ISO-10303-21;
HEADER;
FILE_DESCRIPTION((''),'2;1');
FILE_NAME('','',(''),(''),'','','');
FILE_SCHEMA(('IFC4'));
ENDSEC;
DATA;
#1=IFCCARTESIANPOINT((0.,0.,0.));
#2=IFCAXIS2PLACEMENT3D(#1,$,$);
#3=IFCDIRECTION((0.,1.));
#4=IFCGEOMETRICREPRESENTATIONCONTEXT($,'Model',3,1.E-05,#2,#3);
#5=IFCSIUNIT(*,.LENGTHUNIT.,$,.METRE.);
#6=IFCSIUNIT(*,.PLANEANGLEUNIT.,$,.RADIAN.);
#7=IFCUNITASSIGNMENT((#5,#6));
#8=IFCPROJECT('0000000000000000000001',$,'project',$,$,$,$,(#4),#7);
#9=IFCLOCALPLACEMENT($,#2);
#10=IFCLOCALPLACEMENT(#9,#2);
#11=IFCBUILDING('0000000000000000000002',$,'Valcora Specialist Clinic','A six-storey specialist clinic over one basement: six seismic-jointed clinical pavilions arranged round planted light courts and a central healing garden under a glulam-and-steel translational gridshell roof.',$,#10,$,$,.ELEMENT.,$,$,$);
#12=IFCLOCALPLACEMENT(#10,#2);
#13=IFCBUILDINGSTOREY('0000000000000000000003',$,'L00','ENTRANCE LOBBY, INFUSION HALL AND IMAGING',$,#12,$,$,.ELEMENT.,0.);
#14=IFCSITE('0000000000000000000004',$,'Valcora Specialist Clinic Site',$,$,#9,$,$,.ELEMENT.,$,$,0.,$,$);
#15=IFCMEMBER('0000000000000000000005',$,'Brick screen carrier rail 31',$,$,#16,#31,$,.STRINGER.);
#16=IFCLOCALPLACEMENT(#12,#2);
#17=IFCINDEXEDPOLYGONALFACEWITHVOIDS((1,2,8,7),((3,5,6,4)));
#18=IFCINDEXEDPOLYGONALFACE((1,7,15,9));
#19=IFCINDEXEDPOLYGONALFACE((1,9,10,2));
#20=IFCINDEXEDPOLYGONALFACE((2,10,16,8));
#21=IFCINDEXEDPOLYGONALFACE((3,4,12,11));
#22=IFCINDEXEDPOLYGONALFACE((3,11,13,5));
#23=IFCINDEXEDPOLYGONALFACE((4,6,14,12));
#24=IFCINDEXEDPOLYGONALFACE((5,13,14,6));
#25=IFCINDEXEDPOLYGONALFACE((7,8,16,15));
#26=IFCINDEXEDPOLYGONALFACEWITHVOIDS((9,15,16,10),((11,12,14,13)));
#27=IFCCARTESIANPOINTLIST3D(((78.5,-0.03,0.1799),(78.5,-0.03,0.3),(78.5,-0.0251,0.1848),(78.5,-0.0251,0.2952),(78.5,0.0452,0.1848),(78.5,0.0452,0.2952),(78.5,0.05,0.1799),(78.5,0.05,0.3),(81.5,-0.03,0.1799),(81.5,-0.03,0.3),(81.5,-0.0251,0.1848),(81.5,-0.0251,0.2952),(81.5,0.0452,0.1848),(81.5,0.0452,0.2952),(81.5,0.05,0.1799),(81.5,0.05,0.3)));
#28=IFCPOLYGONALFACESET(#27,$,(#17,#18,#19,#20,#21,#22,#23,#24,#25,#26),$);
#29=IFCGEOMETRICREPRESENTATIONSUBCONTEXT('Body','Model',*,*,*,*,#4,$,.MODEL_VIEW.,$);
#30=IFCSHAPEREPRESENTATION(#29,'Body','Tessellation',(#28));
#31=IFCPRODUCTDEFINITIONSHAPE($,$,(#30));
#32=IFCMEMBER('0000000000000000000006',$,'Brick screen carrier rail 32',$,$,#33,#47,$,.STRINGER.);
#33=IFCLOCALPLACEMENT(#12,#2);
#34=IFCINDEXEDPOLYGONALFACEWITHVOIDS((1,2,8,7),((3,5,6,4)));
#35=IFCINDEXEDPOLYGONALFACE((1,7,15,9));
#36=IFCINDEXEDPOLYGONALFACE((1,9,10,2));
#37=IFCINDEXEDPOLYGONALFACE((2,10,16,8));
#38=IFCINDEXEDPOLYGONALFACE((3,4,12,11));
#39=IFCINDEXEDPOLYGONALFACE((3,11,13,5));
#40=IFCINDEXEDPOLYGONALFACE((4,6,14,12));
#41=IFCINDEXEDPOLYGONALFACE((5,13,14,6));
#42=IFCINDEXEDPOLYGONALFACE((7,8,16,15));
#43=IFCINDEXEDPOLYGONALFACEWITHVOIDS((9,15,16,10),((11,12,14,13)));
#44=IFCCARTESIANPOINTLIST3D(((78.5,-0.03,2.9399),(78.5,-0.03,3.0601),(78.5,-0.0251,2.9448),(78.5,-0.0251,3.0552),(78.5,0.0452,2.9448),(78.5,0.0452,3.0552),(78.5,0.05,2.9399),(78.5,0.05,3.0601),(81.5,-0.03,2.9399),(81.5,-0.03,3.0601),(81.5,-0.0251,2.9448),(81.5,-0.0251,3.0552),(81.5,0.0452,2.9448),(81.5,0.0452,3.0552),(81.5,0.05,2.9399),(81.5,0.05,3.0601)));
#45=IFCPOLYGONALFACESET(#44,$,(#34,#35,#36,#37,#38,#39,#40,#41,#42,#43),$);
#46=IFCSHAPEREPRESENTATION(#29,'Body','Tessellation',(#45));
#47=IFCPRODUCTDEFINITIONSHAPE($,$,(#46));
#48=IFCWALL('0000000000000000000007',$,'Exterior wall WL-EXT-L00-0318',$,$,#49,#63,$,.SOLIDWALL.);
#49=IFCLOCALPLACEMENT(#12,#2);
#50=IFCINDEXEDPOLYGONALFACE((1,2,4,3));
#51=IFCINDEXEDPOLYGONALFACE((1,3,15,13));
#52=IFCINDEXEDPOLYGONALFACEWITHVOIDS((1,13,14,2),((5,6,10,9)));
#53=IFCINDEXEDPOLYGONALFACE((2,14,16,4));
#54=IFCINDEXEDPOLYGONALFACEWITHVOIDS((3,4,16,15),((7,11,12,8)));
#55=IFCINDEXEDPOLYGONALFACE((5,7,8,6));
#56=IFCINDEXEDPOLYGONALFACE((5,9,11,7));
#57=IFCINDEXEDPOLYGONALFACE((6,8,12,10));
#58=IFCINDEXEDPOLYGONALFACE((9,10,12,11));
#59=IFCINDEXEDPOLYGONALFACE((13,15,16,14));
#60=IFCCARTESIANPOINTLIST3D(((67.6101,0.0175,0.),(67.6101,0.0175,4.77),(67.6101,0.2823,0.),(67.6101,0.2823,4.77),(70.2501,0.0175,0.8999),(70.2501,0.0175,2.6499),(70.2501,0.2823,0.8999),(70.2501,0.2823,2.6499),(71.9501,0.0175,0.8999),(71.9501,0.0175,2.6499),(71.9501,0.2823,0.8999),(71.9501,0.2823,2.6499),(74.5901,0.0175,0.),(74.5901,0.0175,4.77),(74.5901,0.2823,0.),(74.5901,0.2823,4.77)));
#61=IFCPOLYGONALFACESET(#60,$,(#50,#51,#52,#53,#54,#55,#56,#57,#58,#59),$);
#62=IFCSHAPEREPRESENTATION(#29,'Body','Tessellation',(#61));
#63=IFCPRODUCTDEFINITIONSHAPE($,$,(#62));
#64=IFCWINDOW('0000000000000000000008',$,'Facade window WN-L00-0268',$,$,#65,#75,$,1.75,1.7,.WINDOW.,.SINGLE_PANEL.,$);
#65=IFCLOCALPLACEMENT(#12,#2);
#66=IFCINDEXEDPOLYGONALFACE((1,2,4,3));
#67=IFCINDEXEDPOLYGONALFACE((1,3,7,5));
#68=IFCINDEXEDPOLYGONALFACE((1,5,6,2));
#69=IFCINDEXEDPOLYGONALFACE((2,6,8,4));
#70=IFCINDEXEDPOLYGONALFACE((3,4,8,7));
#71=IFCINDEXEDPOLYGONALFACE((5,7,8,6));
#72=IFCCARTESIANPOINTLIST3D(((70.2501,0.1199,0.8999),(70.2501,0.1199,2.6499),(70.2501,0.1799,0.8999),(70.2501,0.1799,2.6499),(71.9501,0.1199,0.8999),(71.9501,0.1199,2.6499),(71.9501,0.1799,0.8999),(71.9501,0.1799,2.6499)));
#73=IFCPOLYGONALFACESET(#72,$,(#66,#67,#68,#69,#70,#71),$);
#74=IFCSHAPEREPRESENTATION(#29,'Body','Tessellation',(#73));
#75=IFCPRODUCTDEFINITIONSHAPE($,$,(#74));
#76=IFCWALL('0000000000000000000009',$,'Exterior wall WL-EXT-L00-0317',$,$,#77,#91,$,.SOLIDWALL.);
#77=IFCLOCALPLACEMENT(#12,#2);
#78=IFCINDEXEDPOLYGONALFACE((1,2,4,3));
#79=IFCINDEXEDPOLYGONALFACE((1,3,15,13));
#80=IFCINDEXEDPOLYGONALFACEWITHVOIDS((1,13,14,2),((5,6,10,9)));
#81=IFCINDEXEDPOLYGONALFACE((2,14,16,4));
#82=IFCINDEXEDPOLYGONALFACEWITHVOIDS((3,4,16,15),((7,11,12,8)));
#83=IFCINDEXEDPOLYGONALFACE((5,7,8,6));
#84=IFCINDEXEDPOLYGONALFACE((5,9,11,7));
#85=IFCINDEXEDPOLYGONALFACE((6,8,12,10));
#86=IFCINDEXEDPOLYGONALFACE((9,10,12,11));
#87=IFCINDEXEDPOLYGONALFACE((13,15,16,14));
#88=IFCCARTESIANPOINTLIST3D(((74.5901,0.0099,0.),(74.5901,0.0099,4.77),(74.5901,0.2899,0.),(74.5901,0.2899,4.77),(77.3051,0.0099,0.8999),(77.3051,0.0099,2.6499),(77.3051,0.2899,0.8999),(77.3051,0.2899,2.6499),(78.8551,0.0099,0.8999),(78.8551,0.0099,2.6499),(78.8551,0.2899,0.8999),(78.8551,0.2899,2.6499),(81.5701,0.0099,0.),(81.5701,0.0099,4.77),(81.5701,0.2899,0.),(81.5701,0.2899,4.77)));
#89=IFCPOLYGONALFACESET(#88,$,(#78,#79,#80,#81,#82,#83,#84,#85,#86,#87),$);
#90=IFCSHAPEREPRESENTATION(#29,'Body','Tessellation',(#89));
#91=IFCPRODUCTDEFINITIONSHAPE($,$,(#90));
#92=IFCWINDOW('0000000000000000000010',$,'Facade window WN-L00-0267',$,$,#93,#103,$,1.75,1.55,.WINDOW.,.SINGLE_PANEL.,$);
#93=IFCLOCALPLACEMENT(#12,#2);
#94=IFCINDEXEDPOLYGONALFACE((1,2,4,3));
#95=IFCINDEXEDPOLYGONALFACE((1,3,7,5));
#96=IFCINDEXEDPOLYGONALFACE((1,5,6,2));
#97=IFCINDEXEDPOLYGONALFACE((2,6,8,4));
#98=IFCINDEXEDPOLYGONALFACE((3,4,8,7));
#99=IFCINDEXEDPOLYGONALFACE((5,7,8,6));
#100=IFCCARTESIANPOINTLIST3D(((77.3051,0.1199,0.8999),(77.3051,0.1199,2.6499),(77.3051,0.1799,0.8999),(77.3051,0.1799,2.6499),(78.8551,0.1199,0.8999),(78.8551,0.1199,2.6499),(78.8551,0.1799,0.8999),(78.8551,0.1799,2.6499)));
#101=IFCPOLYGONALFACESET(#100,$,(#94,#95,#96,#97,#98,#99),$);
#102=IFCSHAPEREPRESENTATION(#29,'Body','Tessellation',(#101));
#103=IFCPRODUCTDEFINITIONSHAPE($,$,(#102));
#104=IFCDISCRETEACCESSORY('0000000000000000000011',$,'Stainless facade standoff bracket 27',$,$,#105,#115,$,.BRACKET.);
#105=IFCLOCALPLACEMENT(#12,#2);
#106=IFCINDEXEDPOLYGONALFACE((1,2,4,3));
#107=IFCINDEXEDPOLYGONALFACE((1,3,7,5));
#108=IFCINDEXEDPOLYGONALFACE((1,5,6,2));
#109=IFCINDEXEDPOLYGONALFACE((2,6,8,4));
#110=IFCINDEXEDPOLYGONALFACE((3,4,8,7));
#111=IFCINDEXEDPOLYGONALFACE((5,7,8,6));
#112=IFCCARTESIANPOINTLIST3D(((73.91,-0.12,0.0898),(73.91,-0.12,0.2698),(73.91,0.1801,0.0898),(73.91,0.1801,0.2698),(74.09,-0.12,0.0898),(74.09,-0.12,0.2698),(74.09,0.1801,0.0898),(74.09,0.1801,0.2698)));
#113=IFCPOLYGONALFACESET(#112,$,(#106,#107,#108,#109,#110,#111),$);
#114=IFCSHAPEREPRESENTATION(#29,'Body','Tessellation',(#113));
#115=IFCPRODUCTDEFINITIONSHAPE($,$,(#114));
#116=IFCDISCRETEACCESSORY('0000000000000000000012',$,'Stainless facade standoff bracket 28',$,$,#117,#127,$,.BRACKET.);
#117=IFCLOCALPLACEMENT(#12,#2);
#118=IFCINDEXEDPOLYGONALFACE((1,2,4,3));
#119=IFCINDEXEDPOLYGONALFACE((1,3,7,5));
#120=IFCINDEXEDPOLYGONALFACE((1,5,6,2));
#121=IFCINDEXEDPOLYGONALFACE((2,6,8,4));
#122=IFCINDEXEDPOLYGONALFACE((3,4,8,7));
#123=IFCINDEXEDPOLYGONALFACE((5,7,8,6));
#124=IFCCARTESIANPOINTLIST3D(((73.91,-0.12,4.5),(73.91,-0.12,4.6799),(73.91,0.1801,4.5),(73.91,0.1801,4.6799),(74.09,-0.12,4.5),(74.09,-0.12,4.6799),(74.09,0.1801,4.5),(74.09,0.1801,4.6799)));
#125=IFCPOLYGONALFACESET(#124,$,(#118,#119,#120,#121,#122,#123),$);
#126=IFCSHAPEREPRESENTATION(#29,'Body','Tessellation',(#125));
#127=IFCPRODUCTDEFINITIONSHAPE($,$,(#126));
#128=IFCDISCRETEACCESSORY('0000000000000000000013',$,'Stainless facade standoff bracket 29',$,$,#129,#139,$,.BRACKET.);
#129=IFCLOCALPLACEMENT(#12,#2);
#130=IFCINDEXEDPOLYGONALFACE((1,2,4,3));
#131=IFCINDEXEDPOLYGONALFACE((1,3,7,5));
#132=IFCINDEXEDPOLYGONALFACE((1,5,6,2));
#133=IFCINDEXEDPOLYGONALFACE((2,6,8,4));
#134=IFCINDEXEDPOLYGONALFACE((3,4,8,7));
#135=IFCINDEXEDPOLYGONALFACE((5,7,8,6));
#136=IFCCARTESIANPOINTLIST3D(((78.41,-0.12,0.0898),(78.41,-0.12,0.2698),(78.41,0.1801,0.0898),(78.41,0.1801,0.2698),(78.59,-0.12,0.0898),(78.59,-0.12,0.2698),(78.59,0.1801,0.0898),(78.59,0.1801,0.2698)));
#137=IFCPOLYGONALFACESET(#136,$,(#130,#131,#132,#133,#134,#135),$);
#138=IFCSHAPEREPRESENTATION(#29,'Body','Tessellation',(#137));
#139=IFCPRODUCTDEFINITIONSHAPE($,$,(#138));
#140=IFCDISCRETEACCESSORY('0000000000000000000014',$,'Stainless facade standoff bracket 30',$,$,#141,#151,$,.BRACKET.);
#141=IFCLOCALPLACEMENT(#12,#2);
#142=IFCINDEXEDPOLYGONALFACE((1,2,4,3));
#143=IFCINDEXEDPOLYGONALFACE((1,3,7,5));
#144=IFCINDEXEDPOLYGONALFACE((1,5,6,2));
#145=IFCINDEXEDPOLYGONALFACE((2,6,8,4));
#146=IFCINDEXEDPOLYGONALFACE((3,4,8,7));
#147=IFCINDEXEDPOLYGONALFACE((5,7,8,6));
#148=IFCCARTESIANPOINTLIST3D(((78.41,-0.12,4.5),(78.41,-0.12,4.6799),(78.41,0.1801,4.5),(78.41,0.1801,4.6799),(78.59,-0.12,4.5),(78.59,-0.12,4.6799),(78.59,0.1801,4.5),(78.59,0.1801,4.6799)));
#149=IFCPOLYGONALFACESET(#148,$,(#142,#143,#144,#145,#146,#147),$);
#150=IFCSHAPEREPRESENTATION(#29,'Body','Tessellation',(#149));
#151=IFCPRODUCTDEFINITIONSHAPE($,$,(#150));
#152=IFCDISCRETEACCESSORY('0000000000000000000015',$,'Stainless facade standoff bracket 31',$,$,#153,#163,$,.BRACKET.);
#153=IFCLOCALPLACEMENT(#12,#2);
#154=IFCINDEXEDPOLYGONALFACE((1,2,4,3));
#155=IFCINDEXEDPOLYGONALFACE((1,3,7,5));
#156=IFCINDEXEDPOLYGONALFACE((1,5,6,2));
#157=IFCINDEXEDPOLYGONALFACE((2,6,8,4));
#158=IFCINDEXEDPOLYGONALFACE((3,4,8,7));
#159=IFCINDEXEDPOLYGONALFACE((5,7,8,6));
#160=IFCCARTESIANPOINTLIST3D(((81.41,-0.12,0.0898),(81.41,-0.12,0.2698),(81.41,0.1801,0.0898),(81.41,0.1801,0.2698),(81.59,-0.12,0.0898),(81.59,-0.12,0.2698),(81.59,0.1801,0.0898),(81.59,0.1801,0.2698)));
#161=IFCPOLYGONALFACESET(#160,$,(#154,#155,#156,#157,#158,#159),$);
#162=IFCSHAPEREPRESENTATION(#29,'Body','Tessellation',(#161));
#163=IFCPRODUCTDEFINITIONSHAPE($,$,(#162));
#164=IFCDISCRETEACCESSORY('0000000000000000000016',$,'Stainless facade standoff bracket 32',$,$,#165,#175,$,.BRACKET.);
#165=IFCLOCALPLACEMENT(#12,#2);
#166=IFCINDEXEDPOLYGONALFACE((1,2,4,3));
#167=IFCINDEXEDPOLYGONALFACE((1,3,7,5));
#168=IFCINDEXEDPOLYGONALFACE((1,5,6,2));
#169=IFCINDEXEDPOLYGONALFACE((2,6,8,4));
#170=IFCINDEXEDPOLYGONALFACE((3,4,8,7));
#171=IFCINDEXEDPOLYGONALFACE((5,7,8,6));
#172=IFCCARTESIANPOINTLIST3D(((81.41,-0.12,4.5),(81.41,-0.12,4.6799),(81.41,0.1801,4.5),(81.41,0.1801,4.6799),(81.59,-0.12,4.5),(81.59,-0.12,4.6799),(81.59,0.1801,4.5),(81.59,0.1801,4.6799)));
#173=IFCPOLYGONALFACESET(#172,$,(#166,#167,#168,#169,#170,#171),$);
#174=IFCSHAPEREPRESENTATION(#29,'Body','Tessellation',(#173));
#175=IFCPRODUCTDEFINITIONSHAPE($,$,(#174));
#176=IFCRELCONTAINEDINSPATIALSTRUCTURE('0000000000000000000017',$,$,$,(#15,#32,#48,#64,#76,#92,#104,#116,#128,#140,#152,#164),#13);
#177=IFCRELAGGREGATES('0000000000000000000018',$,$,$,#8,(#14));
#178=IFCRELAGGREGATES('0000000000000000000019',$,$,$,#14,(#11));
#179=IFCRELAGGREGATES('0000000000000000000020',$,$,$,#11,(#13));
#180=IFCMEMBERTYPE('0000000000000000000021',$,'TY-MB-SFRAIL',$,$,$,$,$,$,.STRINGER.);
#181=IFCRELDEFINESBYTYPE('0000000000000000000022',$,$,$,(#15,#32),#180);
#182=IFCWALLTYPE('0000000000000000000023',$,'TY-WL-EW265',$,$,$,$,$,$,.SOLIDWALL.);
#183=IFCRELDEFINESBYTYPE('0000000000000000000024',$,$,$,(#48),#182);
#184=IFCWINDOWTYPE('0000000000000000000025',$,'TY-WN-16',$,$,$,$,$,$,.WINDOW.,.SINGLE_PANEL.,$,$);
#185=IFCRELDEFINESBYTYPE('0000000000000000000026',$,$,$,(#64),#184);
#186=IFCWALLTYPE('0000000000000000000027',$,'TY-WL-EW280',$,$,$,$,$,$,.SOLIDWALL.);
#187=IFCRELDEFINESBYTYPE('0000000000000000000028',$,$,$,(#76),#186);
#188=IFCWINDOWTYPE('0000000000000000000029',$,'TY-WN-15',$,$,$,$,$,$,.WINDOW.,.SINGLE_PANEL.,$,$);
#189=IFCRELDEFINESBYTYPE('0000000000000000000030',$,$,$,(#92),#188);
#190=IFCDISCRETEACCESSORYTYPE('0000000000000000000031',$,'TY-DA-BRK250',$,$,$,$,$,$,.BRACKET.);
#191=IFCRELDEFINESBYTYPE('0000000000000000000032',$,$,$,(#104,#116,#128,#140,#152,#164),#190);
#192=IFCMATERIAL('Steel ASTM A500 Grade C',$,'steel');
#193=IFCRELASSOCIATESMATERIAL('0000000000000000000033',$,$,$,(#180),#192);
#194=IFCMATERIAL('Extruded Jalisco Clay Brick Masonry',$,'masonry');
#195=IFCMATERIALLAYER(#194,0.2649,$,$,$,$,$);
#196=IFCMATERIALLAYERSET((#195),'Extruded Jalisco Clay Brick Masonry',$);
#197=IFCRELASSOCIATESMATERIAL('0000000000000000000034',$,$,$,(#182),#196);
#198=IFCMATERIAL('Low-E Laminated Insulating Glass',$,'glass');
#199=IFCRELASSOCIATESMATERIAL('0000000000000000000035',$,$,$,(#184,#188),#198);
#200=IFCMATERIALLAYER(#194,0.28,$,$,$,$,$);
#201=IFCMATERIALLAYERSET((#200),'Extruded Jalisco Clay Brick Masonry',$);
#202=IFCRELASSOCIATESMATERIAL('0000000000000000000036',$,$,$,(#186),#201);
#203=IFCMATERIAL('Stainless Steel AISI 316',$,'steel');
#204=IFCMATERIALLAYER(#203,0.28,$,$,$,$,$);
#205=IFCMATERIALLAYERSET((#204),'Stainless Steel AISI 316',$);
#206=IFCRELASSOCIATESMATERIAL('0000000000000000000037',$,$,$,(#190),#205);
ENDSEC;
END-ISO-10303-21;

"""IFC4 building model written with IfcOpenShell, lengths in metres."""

from ifc_helpers import new_model, si_unit, direction, frame, frame_2d, origin, origin_2d, place, context, subcontext, project, spatial, rectangle, hollow_rectangle, extrude, material, layer, layer_set, material_profile, profile_set, type_object, element, fill, save


model = new_model("IFC4")

# Units and contexts
model_context = context("Model", 3, precision=1e-05, world=origin(), true_north=direction((0.0, 1.0)))
body_context = subcontext(model_context, "Body", "Model", "MODEL_VIEW")
ifc_project = project(units=[si_unit("LENGTHUNIT", "METRE"), si_unit("PLANEANGLEUNIT", "RADIAN")], contexts=[model_context])

# Site, building, storey
site_placement = place(None, origin())
site = spatial("IfcSite", under=ifc_project, at=site_placement, Name="Valcora Specialist Clinic Site", CompositionType="ELEMENT", RefElevation=0.0)
building_placement = place(site_placement, origin())
building = spatial("IfcBuilding", under=site, at=building_placement, Name="Valcora Specialist Clinic", Description="A six-storey specialist clinic over one basement: six seismic-jointed clinical pavilions arranged round planted light courts and a central healing garden under a glulam-and-steel translational gridshell roof.", CompositionType="ELEMENT")
storey_placement = place(building_placement, origin())
storey = spatial("IfcBuildingStorey", under=building, at=storey_placement, Name="L00", Description="ENTRANCE LOBBY, INFUSION HALL AND IMAGING", CompositionType="ELEMENT", Elevation=0.0)

# Members
ifc_material_1 = material(Name="Steel ASTM A500 Grade C", Category="steel")
ifc_material_profile_1 = material_profile(ifc_material_1, hollow_rectangle(XDim=0.0801, YDim=0.1201, WallThickness=0.0049, at=origin_2d()), Name="ST-RHS-120X80X5")
ifc_profile_set_1 = profile_set([ifc_material_profile_1], Name="Steel ASTM A500 Grade C")
member_type_1 = type_object("IfcMemberType", Name="TY-MB-SFRAIL", PredefinedType="STRINGER", material=ifc_profile_set_1)
for number, where, z_axis, x_axis, name in (
    (1, (78.5, 0.01, 0.24), (1.0, 0.0, 0.0), (0.0, 1.0, 0.0), "Brick screen carrier rail 31"),
    (2, (78.5, 0.01, 3.0), (1.0, 0.0, 0.0), (0.0, 1.0, 0.0), "Brick screen carrier rail 32"),
):
    element("IfcMember", number, at=place(storey_placement, frame(where, z_axis=z_axis, x_axis=x_axis)), inside=storey, type_object=member_type_1, Name=name, PredefinedType="STRINGER", context=body_context, shape_type="SweptSolid", body=[
        extrude(hollow_rectangle(XDim=0.0801, YDim=0.1201, WallThickness=0.0049, at=origin_2d()), origin(), (0.0, 0.0, 1.0), 3.0),
    ])

# Walls, openings, windows
ifc_material_2 = material(Name="Extruded Jalisco Clay Brick Masonry", Category="masonry")
ifc_layer_1 = layer(ifc_material_2, 0.2649)
ifc_layer_set_1 = layer_set([ifc_layer_1], Name="Extruded Jalisco Clay Brick Masonry")
wall_type_1 = type_object("IfcWallType", Name="TY-WL-EW265", PredefinedType="SOLIDWALL", material=ifc_layer_set_1)
wall_1_placement = place(storey_placement, frame((74.5901, 0.1499, 0.0), z_axis=(0.0, 0.0, 1.0), x_axis=(-1.0, 0.0, 0.0)))
wall_1 = element("IfcWall", 3, at=wall_1_placement, inside=storey, type_object=wall_type_1, Name="Exterior wall WL-EXT-L00-0318", PredefinedType="SOLIDWALL", context=body_context, shape_type="SweptSolid", body=[
    extrude(rectangle(XDim=6.98, YDim=0.2649, at=frame_2d((3.49, 0.0))), origin(), (0.0, 0.0, 1.0), 4.77),
])
opening_1_placement = place(wall_1_placement, frame((2.6399, 0.0, 0.8999)))
opening_1 = element("IfcOpeningElement", 4, at=opening_1_placement, cuts=wall_1, PredefinedType="OPENING", context=body_context, shape_type="SweptSolid", body=[
    extrude(rectangle(XDim=1.7, YDim=1.75, at=frame_2d((0.8501, 0.875))), frame((0.0, 0.1423, 0.0), z_axis=(0.0, -1.0, 0.0), x_axis=(1.0, 0.0, 0.0)), (0.0, 0.0, 1.0), 0.2849),
])
ifc_material_3 = material(Name="Low-E Laminated Insulating Glass", Category="glass")
window_type_1 = type_object("IfcWindowType", Name="TY-WN-16", PartitioningType="SINGLE_PANEL", PredefinedType="WINDOW", material=ifc_material_3)
window_1_placement = place(opening_1_placement, origin())
window_1 = element("IfcWindow", 5, at=window_1_placement, inside=storey, type_object=window_type_1, Name="Facade window WN-L00-0268", OverallHeight=1.75, OverallWidth=1.7, PartitioningType="SINGLE_PANEL", PredefinedType="WINDOW", context=body_context, shape_type="SweptSolid", body=[
    extrude(rectangle(XDim=1.7, YDim=1.75, at=frame_2d((0.8501, 0.875))), frame((0.0, 0.03, 0.0), z_axis=(0.0, -1.0, 0.0), x_axis=(1.0, 0.0, 0.0)), (0.0, 0.0, 1.0), 0.0601),
])
fill(opening_1, window_1)
ifc_layer_2 = layer(ifc_material_2, 0.28)
ifc_layer_set_2 = layer_set([ifc_layer_2], Name="Extruded Jalisco Clay Brick Masonry")
wall_type_2 = type_object("IfcWallType", Name="TY-WL-EW280", PredefinedType="SOLIDWALL", material=ifc_layer_set_2)
wall_2_placement = place(storey_placement, frame((81.5701, 0.1499, 0.0), z_axis=(0.0, 0.0, 1.0), x_axis=(-1.0, 0.0, 0.0)))
wall_2 = element("IfcWall", 6, at=wall_2_placement, inside=storey, type_object=wall_type_2, Name="Exterior wall WL-EXT-L00-0317", PredefinedType="SOLIDWALL", context=body_context, shape_type="SweptSolid", body=[
    extrude(rectangle(XDim=6.98, YDim=0.28, at=frame_2d((3.49, 0.0))), origin(), (0.0, 0.0, 1.0), 4.77),
])
opening_2_placement = place(wall_2_placement, frame((2.7151, 0.0, 0.8999)))
opening_2 = element("IfcOpeningElement", 7, at=opening_2_placement, cuts=wall_2, PredefinedType="OPENING", context=body_context, shape_type="SweptSolid", body=[
    extrude(rectangle(XDim=1.55, YDim=1.75, at=frame_2d((0.7749, 0.875))), frame((0.0, 0.1499, 0.0), z_axis=(0.0, -1.0, 0.0), x_axis=(1.0, 0.0, 0.0)), (0.0, 0.0, 1.0), 0.3),
])
window_type_2 = type_object("IfcWindowType", Name="TY-WN-15", PartitioningType="SINGLE_PANEL", PredefinedType="WINDOW", material=ifc_material_3)
window_2_placement = place(opening_2_placement, origin())
window_2 = element("IfcWindow", 8, at=window_2_placement, inside=storey, type_object=window_type_2, Name="Facade window WN-L00-0267", OverallHeight=1.75, OverallWidth=1.55, PartitioningType="SINGLE_PANEL", PredefinedType="WINDOW", context=body_context, shape_type="SweptSolid", body=[
    extrude(rectangle(XDim=1.55, YDim=1.75, at=frame_2d((0.7749, 0.875))), frame((0.0, 0.03, 0.0), z_axis=(0.0, -1.0, 0.0), x_axis=(1.0, 0.0, 0.0)), (0.0, 0.0, 1.0), 0.0601),
])
fill(opening_2, window_2)

# Discrete accessories
ifc_material_4 = material(Name="Stainless Steel AISI 316", Category="steel")
ifc_layer_3 = layer(ifc_material_4, 0.28)
ifc_layer_set_3 = layer_set([ifc_layer_3], Name="Stainless Steel AISI 316")
discrete_accessory_type = type_object("IfcDiscreteAccessoryType", Name="TY-DA-BRK250", PredefinedType="BRACKET", material=ifc_layer_set_3)
for number, where, z_axis, x_axis, name in (
    (9, (74.0, 0.03, 0.0898), (0.0, 0.0, 1.0), (1.0, 0.0, 0.0), "Stainless facade standoff bracket 27"),
    (10, (74.0, 0.03, 4.5), (0.0, 0.0, 1.0), (1.0, 0.0, 0.0), "Stainless facade standoff bracket 28"),
    (11, (78.5, 0.03, 0.0898), (0.0, 0.0, 1.0), (1.0, 0.0, 0.0), "Stainless facade standoff bracket 29"),
    (12, (78.5, 0.03, 4.5), (0.0, 0.0, 1.0), (1.0, 0.0, 0.0), "Stainless facade standoff bracket 30"),
    (13, (81.5, 0.03, 0.0898), (0.0, 0.0, 1.0), (1.0, 0.0, 0.0), "Stainless facade standoff bracket 31"),
    (14, (81.5, 0.03, 4.5), (0.0, 0.0, 1.0), (1.0, 0.0, 0.0), "Stainless facade standoff bracket 32"),
):
    element("IfcDiscreteAccessory", number, at=place(storey_placement, frame(where, z_axis=z_axis, x_axis=x_axis)), inside=storey, type_object=discrete_accessory_type, Name=name, PredefinedType="BRACKET", context=body_context, shape_type="SweptSolid", body=[
        extrude(rectangle(XDim=0.1799, YDim=0.3, at=origin_2d()), origin(), (0.0, 0.0, 1.0), 0.1799),
    ])

save(model, "model.ifc")
